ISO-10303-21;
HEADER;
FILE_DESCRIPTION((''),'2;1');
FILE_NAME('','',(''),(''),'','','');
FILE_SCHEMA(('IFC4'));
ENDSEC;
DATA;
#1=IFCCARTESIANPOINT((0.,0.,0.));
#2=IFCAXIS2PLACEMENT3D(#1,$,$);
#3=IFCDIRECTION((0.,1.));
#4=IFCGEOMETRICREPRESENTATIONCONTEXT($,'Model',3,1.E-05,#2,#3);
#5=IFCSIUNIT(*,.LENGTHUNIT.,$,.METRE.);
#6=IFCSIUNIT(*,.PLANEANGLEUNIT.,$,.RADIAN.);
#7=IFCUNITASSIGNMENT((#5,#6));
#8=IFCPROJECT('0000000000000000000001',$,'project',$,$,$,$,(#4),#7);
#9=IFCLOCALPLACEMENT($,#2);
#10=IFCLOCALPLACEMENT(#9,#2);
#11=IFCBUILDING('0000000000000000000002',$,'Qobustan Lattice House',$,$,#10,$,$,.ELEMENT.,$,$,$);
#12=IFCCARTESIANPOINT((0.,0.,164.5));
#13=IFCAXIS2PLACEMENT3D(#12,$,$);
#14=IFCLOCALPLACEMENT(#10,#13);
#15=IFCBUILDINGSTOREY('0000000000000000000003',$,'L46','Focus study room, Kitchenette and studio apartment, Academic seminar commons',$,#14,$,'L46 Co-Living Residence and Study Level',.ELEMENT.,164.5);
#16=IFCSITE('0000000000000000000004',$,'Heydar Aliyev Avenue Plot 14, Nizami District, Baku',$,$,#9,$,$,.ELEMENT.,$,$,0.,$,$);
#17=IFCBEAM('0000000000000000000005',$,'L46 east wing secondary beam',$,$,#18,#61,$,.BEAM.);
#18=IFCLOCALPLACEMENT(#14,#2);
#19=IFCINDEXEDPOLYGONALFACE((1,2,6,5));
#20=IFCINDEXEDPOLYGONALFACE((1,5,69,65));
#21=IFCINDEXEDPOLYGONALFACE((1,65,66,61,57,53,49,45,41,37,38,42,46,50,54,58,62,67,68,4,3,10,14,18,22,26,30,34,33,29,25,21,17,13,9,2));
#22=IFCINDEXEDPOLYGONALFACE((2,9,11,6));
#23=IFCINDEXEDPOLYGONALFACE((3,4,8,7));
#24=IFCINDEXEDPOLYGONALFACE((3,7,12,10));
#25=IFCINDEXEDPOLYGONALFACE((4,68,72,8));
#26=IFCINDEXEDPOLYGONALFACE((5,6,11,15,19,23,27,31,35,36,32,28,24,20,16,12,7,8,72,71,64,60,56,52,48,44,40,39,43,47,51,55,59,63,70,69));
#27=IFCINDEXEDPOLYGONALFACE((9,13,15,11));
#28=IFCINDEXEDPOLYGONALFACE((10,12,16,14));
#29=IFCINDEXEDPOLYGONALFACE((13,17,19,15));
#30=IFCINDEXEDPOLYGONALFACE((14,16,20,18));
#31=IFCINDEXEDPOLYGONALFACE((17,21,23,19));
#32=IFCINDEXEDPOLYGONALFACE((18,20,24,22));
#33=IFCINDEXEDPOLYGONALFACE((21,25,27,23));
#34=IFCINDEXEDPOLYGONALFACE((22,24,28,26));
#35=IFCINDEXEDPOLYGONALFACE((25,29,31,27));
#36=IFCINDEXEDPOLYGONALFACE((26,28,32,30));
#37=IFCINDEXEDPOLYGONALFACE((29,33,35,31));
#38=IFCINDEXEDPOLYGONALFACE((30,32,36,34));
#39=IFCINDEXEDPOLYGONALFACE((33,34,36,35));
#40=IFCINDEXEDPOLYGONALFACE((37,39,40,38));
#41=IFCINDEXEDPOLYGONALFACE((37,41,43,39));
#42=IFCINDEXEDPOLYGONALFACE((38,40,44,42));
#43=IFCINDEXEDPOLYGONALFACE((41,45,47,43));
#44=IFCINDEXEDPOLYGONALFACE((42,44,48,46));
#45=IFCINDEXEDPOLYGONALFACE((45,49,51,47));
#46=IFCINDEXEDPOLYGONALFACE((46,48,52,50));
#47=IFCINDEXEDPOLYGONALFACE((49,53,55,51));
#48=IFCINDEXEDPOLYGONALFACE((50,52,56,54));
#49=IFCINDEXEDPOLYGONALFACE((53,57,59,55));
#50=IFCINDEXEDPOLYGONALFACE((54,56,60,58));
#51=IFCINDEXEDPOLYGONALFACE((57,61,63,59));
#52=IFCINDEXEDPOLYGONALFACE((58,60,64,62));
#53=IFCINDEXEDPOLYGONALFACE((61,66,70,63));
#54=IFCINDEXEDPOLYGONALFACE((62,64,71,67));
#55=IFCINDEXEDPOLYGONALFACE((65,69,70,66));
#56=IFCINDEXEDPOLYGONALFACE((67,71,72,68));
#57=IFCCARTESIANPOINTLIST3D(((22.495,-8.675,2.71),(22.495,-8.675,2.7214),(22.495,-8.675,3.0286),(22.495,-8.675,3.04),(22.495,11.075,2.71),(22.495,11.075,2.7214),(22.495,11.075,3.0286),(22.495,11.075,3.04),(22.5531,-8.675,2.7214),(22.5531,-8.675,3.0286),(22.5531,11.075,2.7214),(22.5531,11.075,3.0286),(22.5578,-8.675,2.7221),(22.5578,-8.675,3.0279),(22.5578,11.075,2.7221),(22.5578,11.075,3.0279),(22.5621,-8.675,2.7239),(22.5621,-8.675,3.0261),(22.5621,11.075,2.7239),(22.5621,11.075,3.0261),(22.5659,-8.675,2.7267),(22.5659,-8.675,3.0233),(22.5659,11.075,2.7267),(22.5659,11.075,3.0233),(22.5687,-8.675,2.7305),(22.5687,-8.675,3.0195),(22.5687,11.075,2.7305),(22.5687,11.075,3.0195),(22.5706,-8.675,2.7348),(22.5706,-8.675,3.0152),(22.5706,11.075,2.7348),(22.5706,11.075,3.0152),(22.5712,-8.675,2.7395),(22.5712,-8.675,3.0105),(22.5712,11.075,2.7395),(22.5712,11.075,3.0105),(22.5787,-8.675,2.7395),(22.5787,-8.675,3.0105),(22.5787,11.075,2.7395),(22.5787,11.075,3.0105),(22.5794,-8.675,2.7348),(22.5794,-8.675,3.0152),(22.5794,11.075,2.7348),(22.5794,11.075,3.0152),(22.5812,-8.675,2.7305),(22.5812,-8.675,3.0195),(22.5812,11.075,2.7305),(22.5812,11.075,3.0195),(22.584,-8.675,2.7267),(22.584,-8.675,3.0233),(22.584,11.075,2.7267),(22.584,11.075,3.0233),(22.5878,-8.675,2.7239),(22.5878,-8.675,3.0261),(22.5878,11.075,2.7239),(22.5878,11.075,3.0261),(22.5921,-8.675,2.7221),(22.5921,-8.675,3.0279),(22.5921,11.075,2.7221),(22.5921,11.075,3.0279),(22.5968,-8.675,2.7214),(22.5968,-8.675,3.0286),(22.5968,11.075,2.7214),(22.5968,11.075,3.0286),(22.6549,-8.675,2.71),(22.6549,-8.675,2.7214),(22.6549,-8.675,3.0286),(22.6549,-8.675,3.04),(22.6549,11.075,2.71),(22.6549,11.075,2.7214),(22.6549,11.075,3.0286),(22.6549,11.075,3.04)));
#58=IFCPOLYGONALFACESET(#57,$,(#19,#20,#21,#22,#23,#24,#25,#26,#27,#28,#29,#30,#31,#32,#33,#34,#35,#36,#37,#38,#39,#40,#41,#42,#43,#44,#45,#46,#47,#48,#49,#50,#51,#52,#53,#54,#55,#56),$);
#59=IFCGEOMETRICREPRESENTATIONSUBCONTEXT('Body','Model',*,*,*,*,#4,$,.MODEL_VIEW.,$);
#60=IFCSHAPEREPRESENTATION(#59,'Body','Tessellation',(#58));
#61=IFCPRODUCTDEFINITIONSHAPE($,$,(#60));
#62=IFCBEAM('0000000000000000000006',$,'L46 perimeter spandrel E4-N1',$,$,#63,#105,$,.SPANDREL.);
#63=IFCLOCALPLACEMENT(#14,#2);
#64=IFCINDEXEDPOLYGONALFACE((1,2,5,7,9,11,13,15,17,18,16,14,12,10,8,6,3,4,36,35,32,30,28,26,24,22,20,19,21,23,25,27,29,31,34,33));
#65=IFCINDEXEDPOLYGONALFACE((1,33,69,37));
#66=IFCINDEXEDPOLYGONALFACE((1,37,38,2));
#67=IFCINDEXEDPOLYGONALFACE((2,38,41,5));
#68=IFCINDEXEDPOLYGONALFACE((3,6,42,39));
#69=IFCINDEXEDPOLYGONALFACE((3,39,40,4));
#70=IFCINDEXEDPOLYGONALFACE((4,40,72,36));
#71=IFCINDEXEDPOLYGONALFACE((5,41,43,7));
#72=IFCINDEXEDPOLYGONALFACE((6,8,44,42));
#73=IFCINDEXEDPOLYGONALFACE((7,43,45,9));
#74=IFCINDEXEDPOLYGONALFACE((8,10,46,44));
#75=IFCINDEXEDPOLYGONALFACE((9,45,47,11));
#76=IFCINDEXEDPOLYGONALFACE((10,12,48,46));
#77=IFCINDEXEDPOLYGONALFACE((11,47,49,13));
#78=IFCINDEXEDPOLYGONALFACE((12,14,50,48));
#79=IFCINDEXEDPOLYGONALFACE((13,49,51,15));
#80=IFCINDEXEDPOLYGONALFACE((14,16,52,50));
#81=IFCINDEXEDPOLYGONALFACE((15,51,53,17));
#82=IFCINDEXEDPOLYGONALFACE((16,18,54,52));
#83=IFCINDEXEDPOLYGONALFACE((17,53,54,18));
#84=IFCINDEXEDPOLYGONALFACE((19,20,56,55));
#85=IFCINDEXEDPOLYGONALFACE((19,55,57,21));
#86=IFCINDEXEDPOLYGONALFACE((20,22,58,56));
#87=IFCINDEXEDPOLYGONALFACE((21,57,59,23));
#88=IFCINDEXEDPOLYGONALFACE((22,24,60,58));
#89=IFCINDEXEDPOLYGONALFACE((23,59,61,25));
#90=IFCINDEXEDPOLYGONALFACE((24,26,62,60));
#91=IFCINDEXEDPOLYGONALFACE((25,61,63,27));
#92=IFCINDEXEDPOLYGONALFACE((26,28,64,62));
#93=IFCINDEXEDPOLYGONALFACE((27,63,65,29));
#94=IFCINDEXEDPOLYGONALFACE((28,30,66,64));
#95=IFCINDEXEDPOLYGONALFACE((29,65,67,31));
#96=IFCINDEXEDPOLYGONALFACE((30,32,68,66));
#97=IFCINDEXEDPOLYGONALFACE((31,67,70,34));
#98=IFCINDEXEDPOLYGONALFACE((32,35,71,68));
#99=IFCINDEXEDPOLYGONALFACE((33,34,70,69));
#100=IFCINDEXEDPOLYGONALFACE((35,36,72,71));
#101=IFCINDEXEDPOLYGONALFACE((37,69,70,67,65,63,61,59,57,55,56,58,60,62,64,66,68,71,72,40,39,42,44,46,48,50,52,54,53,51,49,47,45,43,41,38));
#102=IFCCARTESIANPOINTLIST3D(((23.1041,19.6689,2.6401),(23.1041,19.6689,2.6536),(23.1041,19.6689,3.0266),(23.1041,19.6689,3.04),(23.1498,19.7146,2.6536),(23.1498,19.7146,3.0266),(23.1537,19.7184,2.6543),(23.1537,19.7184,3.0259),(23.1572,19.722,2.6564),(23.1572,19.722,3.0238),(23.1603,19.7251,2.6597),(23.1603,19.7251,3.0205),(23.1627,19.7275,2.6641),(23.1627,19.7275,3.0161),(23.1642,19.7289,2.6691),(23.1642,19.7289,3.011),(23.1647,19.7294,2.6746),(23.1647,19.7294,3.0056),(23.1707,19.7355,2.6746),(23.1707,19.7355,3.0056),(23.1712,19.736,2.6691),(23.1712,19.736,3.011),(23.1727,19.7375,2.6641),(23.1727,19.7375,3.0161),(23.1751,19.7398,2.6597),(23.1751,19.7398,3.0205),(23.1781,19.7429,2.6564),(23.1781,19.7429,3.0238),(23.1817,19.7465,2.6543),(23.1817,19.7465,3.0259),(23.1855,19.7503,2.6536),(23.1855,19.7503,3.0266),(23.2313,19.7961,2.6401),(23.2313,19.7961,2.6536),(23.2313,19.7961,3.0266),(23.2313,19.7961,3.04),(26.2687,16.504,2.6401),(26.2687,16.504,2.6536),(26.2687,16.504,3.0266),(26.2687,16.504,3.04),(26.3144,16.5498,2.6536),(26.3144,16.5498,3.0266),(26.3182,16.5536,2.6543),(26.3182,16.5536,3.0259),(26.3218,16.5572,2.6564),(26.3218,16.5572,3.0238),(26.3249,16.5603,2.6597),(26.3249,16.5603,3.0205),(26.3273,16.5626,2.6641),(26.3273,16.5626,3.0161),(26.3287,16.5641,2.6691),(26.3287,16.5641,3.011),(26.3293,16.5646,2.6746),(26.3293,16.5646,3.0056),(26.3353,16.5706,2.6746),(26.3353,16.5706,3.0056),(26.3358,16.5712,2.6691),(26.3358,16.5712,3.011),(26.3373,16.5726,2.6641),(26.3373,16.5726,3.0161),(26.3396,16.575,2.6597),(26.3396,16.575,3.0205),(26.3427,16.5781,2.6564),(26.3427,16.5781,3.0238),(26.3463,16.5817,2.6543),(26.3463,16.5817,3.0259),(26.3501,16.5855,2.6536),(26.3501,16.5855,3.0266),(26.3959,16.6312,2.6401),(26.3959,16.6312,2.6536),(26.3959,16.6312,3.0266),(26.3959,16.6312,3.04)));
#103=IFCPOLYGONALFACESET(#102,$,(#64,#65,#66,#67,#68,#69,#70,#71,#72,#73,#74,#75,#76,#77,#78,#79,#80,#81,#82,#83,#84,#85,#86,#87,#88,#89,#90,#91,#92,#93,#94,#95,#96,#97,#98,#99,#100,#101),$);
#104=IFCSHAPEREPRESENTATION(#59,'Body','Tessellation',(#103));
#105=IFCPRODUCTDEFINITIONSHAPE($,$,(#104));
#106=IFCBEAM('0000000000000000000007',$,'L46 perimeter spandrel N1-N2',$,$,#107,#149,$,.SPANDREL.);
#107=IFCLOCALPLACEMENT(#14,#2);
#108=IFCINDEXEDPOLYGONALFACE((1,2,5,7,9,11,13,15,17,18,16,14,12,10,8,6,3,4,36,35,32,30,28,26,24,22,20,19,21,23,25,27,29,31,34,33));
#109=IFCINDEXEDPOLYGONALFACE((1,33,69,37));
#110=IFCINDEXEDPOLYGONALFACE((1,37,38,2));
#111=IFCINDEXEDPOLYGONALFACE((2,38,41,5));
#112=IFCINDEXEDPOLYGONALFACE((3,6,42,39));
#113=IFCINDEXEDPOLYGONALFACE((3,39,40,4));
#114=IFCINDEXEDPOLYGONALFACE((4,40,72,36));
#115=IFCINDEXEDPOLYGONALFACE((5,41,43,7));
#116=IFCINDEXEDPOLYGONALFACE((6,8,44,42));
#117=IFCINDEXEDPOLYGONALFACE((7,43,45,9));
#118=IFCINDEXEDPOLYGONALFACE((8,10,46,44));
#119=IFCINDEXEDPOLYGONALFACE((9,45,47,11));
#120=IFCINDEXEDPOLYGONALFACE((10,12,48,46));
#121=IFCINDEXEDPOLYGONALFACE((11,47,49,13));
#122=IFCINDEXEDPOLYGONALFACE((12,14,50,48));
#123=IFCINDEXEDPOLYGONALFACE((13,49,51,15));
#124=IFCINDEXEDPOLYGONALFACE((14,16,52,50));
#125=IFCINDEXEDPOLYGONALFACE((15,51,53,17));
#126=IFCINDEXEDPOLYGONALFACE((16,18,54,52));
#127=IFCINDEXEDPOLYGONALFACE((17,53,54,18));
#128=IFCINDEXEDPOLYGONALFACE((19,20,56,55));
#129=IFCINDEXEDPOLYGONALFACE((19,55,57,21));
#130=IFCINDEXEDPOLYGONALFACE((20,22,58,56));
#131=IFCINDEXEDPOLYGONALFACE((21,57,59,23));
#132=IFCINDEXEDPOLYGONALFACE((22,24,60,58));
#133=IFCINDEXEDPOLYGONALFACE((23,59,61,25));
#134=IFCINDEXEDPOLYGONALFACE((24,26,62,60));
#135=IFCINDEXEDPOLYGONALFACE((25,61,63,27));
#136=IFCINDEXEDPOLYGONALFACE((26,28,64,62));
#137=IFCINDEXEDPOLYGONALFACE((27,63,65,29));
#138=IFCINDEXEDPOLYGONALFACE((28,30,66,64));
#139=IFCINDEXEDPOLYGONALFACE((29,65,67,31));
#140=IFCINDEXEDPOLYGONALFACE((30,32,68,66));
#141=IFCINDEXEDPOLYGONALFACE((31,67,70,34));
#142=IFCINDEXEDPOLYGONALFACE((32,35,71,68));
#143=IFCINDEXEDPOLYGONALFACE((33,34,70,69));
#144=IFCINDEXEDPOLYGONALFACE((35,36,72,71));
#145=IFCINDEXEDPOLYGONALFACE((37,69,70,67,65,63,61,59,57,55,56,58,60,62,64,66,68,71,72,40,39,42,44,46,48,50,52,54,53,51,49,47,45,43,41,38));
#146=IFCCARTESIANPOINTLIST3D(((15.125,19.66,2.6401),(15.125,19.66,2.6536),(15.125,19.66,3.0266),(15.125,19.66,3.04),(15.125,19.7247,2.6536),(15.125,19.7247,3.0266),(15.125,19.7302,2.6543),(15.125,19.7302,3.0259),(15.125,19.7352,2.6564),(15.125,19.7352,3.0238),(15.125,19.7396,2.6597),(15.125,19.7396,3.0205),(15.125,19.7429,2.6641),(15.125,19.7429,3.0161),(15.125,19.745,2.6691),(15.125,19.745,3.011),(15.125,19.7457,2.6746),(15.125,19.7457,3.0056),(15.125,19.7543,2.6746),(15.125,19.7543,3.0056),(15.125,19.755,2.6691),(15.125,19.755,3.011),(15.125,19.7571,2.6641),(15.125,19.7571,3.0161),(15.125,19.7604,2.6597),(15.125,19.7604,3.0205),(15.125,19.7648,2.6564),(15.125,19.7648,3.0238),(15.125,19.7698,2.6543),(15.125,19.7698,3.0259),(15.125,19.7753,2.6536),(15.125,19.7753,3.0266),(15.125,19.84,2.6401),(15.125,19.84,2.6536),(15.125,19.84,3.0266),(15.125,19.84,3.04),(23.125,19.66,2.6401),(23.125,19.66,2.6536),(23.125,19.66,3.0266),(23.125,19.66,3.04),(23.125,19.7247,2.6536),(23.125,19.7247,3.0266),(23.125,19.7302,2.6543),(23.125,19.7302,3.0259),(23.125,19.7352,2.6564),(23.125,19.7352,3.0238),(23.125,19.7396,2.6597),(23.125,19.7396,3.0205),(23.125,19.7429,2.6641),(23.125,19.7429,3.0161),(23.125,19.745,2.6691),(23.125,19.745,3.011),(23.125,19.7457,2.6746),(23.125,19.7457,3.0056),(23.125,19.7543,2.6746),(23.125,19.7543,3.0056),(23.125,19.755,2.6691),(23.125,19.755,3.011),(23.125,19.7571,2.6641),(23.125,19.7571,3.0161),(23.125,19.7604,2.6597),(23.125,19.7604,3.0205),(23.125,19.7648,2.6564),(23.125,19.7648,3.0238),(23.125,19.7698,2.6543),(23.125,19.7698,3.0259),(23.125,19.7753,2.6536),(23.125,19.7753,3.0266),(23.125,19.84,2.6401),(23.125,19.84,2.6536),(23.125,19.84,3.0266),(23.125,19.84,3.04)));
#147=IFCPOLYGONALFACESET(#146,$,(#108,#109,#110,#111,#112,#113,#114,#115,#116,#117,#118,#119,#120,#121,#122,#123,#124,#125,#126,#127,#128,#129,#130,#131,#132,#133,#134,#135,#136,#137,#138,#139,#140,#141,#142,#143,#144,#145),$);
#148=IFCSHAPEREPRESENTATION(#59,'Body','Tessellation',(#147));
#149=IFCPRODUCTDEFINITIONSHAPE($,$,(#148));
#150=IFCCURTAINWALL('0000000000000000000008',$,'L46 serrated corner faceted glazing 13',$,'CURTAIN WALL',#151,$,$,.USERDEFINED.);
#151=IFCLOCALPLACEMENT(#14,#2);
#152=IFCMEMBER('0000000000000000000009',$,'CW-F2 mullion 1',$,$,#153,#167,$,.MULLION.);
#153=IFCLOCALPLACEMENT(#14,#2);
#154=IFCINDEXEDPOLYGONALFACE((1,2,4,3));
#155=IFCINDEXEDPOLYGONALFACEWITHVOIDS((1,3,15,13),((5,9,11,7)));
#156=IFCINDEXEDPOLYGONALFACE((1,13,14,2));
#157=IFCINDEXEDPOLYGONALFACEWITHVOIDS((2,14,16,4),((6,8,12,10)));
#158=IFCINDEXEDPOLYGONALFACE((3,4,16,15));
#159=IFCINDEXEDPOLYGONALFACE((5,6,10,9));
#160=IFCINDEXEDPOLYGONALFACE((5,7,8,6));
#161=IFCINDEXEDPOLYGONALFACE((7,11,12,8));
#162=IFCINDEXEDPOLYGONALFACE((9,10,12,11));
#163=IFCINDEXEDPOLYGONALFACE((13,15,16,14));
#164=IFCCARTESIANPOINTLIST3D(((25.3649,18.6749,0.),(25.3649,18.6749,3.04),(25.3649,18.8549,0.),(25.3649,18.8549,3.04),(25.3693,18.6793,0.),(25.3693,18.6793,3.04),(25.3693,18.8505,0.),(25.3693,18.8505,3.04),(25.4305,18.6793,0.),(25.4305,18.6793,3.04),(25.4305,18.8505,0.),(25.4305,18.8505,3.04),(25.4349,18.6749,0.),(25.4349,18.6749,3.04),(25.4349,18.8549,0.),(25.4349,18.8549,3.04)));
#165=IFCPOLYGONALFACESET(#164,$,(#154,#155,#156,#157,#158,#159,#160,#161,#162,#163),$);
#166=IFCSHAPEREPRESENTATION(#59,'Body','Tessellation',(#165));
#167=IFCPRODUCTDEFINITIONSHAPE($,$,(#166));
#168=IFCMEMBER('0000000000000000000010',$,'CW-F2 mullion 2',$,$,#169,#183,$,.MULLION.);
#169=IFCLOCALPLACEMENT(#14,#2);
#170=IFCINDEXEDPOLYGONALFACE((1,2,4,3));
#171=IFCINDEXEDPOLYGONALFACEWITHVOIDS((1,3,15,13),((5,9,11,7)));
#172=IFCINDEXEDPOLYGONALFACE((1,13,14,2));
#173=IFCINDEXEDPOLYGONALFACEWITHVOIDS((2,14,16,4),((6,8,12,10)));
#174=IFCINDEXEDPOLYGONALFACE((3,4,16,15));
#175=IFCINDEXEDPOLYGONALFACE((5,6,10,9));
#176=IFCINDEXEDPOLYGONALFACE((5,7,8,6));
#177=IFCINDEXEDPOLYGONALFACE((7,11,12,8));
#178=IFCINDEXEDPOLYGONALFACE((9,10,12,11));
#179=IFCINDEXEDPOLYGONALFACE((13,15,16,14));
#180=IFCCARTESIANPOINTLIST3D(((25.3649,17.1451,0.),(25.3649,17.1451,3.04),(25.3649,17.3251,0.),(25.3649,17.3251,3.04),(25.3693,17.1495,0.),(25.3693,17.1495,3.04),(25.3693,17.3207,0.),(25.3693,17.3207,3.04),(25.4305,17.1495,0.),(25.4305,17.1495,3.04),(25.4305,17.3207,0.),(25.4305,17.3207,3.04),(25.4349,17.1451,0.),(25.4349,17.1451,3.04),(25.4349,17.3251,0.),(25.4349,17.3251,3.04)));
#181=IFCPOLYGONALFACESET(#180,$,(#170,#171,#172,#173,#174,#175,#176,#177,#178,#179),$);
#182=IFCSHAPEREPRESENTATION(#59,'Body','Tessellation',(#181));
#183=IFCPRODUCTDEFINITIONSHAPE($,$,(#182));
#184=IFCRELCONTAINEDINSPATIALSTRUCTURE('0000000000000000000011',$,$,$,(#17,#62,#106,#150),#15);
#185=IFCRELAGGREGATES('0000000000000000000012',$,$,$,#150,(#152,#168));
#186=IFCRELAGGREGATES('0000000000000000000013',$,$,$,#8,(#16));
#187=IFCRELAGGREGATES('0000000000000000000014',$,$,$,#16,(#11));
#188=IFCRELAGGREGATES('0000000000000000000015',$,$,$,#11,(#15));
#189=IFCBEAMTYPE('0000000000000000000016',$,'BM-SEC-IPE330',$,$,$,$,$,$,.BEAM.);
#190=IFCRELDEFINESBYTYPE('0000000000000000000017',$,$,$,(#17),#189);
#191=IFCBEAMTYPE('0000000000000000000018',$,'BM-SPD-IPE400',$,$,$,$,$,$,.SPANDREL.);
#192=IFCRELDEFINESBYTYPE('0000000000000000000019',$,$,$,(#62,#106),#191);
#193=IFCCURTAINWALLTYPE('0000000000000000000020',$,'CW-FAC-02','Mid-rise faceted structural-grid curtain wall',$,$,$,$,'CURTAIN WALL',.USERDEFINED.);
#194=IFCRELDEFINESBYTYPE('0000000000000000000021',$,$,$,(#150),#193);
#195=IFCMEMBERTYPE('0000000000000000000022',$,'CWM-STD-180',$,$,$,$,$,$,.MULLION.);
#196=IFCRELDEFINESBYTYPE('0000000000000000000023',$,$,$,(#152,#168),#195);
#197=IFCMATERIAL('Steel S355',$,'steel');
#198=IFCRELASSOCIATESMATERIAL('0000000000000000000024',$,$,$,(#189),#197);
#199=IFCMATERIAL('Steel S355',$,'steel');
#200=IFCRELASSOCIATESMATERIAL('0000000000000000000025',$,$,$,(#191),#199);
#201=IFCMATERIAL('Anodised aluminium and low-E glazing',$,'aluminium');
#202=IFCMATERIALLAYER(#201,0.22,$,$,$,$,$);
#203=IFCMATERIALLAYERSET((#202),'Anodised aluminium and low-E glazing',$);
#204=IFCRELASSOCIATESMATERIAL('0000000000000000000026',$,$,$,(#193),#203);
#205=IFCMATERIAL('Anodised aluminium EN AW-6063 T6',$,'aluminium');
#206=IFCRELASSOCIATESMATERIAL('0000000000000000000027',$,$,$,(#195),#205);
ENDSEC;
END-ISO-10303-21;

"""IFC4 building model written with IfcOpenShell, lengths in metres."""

from ifc_helpers import new_model, si_unit, direction, frame, origin, origin_2d, place, context, subcontext, project, spatial, hollow_rectangle, i_section, extrude, material, layer, layer_set, material_profile, profile_set, type_object, element, aggregate, save


model = new_model("IFC4")

# Units and contexts
model_context = context("Model", 3, precision=1e-05, world=origin(), true_north=direction((0.0, 1.0)))
body_context = subcontext(model_context, "Body", "Model", "MODEL_VIEW")
ifc_project = project(units=[si_unit("LENGTHUNIT", "METRE"), si_unit("PLANEANGLEUNIT", "RADIAN")], contexts=[model_context])

# Site, building, storey
site_placement = place(None, origin())
site = spatial("IfcSite", under=ifc_project, at=site_placement, Name="Heydar Aliyev Avenue Plot 14, Nizami District, Baku", CompositionType="ELEMENT", RefElevation=0.0)
building_placement = place(site_placement, origin())
building = spatial("IfcBuilding", under=site, at=building_placement, Name="Qobustan Lattice House", CompositionType="ELEMENT")
storey_placement = place(building_placement, frame((0.0, 0.0, 164.5)))
storey = spatial("IfcBuildingStorey", under=building, at=storey_placement, Name="L46", Description="Focus study room, Kitchenette and studio apartment, Academic seminar commons", LongName="L46 Co-Living Residence and Study Level", CompositionType="ELEMENT", Elevation=164.5)

# Beams
ifc_material_1 = material(Name="Steel S355", Category="steel")
ifc_material_profile_1 = material_profile(ifc_material_1, i_section(OverallWidth=0.1599, OverallDepth=0.3301, WebThickness=0.0076, FlangeThickness=0.0115, FilletRadius=0.0181, at=origin_2d()), Name="IPE330")
ifc_profile_set_1 = profile_set([ifc_material_profile_1], Name="Steel S355")
beam_type_1 = type_object("IfcBeamType", Name="BM-SEC-IPE330", PredefinedType="BEAM", material=ifc_profile_set_1)
beam_1_placement = place(storey_placement, frame((22.575, 11.075, 2.875), z_axis=(0.0, -1.0, 0.0), x_axis=(1.0, 0.0, 0.0)))
element("IfcBeam", 1, at=beam_1_placement, inside=storey, type_object=beam_type_1, Name="L46 east wing secondary beam", PredefinedType="BEAM", context=body_context, shape_type="SweptSolid", body=[
    extrude(i_section(OverallWidth=0.1599, OverallDepth=0.3301, WebThickness=0.0076, FlangeThickness=0.0115, FilletRadius=0.0181, at=origin_2d()), origin(), (0.0, 0.0, 1.0), 19.75),
])
ifc_material_2 = material(Name="Steel S355", Category="steel")
ifc_material_profile_2 = material_profile(ifc_material_2, i_section(OverallWidth=0.1799, OverallDepth=0.3999, WebThickness=0.0085, FlangeThickness=0.0134, FilletRadius=0.021, at=origin_2d()), Name="IPE400")
ifc_profile_set_2 = profile_set([ifc_material_profile_2], Name="Steel S355")
beam_type_2 = type_object("IfcBeamType", Name="BM-SPD-IPE400", PredefinedType="SPANDREL", material=ifc_profile_set_2)
beam_2_placement = place(storey_placement, frame((26.3323, 16.5676, 2.8401), z_axis=(-0.70708, 0.707134, 0.0), x_axis=(-0.707134, -0.70708, 0.0)))
element("IfcBeam", 2, at=beam_2_placement, inside=storey, type_object=beam_type_2, Name="L46 perimeter spandrel E4-N1", PredefinedType="SPANDREL", context=body_context, shape_type="SweptSolid", body=[
    extrude(i_section(OverallWidth=0.1799, OverallDepth=0.3999, WebThickness=0.0085, FlangeThickness=0.0134, FilletRadius=0.021, at=origin_2d()), origin(), (0.0, 0.0, 1.0), 4.4756),
])
beam_3_placement = place(storey_placement, frame((23.125, 19.75, 2.8401), z_axis=(-1.0, 0.0, 0.0), x_axis=(0.0, -1.0, 0.0)))
element("IfcBeam", 3, at=beam_3_placement, inside=storey, type_object=beam_type_2, Name="L46 perimeter spandrel N1-N2", PredefinedType="SPANDREL", context=body_context, shape_type="SweptSolid", body=[
    extrude(i_section(OverallWidth=0.1799, OverallDepth=0.3999, WebThickness=0.0085, FlangeThickness=0.0134, FilletRadius=0.021, at=origin_2d()), origin(), (0.0, 0.0, 1.0), 8.0),
])

# Curtain wall, members
ifc_material_3 = material(Name="Anodised aluminium and low-E glazing", Category="aluminium")
ifc_layer_1 = layer(ifc_material_3, 0.22)
ifc_layer_set_1 = layer_set([ifc_layer_1], Name="Anodised aluminium and low-E glazing")
curtain_wall_type = type_object("IfcCurtainWallType", Name="CW-FAC-02", Description="Mid-rise faceted structural-grid curtain wall", ElementType="CURTAIN WALL", PredefinedType="USERDEFINED", material=ifc_layer_set_1)
curtain_wall_placement = place(storey_placement, origin())
curtain_wall = element("IfcCurtainWall", 4, at=curtain_wall_placement, inside=storey, type_object=curtain_wall_type, Name="L46 serrated corner faceted glazing 13", ObjectType="CURTAIN WALL", PredefinedType="USERDEFINED")
ifc_material_4 = material(Name="Anodised aluminium EN AW-6063 T6", Category="aluminium")
ifc_material_profile_3 = material_profile(ifc_material_4, hollow_rectangle(XDim=0.0701, YDim=0.1799, WallThickness=0.0044, at=origin_2d()), Name="CWM-180x70")
ifc_profile_set_3 = profile_set([ifc_material_profile_3], Name="Anodised aluminium EN AW-6063 T6")
member_type_1 = type_object("IfcMemberType", Name="CWM-STD-180", PredefinedType="MULLION", material=ifc_profile_set_3)
member_1_placement = place(storey_placement, frame((25.3999, 18.7649, 0.0), z_axis=(0.0, 0.0, 1.0), x_axis=(1.0, 0.0, 0.0)))
member_1 = element("IfcMember", 5, at=member_1_placement, type_object=member_type_1, Name="CW-F2 mullion 1", PredefinedType="MULLION", context=body_context, shape_type="SweptSolid", body=[
    extrude(hollow_rectangle(XDim=0.0701, YDim=0.1799, WallThickness=0.0044, at=origin_2d()), origin(), (0.0, 0.0, 1.0), 3.04),
])
member_2_placement = place(storey_placement, frame((25.3999, 17.2351, 0.0), z_axis=(0.0, 0.0, 1.0), x_axis=(1.0, 0.0, 0.0)))
member_2 = element("IfcMember", 6, at=member_2_placement, type_object=member_type_1, Name="CW-F2 mullion 2", PredefinedType="MULLION", context=body_context, shape_type="SweptSolid", body=[
    extrude(hollow_rectangle(XDim=0.0701, YDim=0.1799, WallThickness=0.0044, at=origin_2d()), origin(), (0.0, 0.0, 1.0), 3.04),
])
aggregate(curtain_wall, [member_1, member_2])

save(model, "model.ifc")
